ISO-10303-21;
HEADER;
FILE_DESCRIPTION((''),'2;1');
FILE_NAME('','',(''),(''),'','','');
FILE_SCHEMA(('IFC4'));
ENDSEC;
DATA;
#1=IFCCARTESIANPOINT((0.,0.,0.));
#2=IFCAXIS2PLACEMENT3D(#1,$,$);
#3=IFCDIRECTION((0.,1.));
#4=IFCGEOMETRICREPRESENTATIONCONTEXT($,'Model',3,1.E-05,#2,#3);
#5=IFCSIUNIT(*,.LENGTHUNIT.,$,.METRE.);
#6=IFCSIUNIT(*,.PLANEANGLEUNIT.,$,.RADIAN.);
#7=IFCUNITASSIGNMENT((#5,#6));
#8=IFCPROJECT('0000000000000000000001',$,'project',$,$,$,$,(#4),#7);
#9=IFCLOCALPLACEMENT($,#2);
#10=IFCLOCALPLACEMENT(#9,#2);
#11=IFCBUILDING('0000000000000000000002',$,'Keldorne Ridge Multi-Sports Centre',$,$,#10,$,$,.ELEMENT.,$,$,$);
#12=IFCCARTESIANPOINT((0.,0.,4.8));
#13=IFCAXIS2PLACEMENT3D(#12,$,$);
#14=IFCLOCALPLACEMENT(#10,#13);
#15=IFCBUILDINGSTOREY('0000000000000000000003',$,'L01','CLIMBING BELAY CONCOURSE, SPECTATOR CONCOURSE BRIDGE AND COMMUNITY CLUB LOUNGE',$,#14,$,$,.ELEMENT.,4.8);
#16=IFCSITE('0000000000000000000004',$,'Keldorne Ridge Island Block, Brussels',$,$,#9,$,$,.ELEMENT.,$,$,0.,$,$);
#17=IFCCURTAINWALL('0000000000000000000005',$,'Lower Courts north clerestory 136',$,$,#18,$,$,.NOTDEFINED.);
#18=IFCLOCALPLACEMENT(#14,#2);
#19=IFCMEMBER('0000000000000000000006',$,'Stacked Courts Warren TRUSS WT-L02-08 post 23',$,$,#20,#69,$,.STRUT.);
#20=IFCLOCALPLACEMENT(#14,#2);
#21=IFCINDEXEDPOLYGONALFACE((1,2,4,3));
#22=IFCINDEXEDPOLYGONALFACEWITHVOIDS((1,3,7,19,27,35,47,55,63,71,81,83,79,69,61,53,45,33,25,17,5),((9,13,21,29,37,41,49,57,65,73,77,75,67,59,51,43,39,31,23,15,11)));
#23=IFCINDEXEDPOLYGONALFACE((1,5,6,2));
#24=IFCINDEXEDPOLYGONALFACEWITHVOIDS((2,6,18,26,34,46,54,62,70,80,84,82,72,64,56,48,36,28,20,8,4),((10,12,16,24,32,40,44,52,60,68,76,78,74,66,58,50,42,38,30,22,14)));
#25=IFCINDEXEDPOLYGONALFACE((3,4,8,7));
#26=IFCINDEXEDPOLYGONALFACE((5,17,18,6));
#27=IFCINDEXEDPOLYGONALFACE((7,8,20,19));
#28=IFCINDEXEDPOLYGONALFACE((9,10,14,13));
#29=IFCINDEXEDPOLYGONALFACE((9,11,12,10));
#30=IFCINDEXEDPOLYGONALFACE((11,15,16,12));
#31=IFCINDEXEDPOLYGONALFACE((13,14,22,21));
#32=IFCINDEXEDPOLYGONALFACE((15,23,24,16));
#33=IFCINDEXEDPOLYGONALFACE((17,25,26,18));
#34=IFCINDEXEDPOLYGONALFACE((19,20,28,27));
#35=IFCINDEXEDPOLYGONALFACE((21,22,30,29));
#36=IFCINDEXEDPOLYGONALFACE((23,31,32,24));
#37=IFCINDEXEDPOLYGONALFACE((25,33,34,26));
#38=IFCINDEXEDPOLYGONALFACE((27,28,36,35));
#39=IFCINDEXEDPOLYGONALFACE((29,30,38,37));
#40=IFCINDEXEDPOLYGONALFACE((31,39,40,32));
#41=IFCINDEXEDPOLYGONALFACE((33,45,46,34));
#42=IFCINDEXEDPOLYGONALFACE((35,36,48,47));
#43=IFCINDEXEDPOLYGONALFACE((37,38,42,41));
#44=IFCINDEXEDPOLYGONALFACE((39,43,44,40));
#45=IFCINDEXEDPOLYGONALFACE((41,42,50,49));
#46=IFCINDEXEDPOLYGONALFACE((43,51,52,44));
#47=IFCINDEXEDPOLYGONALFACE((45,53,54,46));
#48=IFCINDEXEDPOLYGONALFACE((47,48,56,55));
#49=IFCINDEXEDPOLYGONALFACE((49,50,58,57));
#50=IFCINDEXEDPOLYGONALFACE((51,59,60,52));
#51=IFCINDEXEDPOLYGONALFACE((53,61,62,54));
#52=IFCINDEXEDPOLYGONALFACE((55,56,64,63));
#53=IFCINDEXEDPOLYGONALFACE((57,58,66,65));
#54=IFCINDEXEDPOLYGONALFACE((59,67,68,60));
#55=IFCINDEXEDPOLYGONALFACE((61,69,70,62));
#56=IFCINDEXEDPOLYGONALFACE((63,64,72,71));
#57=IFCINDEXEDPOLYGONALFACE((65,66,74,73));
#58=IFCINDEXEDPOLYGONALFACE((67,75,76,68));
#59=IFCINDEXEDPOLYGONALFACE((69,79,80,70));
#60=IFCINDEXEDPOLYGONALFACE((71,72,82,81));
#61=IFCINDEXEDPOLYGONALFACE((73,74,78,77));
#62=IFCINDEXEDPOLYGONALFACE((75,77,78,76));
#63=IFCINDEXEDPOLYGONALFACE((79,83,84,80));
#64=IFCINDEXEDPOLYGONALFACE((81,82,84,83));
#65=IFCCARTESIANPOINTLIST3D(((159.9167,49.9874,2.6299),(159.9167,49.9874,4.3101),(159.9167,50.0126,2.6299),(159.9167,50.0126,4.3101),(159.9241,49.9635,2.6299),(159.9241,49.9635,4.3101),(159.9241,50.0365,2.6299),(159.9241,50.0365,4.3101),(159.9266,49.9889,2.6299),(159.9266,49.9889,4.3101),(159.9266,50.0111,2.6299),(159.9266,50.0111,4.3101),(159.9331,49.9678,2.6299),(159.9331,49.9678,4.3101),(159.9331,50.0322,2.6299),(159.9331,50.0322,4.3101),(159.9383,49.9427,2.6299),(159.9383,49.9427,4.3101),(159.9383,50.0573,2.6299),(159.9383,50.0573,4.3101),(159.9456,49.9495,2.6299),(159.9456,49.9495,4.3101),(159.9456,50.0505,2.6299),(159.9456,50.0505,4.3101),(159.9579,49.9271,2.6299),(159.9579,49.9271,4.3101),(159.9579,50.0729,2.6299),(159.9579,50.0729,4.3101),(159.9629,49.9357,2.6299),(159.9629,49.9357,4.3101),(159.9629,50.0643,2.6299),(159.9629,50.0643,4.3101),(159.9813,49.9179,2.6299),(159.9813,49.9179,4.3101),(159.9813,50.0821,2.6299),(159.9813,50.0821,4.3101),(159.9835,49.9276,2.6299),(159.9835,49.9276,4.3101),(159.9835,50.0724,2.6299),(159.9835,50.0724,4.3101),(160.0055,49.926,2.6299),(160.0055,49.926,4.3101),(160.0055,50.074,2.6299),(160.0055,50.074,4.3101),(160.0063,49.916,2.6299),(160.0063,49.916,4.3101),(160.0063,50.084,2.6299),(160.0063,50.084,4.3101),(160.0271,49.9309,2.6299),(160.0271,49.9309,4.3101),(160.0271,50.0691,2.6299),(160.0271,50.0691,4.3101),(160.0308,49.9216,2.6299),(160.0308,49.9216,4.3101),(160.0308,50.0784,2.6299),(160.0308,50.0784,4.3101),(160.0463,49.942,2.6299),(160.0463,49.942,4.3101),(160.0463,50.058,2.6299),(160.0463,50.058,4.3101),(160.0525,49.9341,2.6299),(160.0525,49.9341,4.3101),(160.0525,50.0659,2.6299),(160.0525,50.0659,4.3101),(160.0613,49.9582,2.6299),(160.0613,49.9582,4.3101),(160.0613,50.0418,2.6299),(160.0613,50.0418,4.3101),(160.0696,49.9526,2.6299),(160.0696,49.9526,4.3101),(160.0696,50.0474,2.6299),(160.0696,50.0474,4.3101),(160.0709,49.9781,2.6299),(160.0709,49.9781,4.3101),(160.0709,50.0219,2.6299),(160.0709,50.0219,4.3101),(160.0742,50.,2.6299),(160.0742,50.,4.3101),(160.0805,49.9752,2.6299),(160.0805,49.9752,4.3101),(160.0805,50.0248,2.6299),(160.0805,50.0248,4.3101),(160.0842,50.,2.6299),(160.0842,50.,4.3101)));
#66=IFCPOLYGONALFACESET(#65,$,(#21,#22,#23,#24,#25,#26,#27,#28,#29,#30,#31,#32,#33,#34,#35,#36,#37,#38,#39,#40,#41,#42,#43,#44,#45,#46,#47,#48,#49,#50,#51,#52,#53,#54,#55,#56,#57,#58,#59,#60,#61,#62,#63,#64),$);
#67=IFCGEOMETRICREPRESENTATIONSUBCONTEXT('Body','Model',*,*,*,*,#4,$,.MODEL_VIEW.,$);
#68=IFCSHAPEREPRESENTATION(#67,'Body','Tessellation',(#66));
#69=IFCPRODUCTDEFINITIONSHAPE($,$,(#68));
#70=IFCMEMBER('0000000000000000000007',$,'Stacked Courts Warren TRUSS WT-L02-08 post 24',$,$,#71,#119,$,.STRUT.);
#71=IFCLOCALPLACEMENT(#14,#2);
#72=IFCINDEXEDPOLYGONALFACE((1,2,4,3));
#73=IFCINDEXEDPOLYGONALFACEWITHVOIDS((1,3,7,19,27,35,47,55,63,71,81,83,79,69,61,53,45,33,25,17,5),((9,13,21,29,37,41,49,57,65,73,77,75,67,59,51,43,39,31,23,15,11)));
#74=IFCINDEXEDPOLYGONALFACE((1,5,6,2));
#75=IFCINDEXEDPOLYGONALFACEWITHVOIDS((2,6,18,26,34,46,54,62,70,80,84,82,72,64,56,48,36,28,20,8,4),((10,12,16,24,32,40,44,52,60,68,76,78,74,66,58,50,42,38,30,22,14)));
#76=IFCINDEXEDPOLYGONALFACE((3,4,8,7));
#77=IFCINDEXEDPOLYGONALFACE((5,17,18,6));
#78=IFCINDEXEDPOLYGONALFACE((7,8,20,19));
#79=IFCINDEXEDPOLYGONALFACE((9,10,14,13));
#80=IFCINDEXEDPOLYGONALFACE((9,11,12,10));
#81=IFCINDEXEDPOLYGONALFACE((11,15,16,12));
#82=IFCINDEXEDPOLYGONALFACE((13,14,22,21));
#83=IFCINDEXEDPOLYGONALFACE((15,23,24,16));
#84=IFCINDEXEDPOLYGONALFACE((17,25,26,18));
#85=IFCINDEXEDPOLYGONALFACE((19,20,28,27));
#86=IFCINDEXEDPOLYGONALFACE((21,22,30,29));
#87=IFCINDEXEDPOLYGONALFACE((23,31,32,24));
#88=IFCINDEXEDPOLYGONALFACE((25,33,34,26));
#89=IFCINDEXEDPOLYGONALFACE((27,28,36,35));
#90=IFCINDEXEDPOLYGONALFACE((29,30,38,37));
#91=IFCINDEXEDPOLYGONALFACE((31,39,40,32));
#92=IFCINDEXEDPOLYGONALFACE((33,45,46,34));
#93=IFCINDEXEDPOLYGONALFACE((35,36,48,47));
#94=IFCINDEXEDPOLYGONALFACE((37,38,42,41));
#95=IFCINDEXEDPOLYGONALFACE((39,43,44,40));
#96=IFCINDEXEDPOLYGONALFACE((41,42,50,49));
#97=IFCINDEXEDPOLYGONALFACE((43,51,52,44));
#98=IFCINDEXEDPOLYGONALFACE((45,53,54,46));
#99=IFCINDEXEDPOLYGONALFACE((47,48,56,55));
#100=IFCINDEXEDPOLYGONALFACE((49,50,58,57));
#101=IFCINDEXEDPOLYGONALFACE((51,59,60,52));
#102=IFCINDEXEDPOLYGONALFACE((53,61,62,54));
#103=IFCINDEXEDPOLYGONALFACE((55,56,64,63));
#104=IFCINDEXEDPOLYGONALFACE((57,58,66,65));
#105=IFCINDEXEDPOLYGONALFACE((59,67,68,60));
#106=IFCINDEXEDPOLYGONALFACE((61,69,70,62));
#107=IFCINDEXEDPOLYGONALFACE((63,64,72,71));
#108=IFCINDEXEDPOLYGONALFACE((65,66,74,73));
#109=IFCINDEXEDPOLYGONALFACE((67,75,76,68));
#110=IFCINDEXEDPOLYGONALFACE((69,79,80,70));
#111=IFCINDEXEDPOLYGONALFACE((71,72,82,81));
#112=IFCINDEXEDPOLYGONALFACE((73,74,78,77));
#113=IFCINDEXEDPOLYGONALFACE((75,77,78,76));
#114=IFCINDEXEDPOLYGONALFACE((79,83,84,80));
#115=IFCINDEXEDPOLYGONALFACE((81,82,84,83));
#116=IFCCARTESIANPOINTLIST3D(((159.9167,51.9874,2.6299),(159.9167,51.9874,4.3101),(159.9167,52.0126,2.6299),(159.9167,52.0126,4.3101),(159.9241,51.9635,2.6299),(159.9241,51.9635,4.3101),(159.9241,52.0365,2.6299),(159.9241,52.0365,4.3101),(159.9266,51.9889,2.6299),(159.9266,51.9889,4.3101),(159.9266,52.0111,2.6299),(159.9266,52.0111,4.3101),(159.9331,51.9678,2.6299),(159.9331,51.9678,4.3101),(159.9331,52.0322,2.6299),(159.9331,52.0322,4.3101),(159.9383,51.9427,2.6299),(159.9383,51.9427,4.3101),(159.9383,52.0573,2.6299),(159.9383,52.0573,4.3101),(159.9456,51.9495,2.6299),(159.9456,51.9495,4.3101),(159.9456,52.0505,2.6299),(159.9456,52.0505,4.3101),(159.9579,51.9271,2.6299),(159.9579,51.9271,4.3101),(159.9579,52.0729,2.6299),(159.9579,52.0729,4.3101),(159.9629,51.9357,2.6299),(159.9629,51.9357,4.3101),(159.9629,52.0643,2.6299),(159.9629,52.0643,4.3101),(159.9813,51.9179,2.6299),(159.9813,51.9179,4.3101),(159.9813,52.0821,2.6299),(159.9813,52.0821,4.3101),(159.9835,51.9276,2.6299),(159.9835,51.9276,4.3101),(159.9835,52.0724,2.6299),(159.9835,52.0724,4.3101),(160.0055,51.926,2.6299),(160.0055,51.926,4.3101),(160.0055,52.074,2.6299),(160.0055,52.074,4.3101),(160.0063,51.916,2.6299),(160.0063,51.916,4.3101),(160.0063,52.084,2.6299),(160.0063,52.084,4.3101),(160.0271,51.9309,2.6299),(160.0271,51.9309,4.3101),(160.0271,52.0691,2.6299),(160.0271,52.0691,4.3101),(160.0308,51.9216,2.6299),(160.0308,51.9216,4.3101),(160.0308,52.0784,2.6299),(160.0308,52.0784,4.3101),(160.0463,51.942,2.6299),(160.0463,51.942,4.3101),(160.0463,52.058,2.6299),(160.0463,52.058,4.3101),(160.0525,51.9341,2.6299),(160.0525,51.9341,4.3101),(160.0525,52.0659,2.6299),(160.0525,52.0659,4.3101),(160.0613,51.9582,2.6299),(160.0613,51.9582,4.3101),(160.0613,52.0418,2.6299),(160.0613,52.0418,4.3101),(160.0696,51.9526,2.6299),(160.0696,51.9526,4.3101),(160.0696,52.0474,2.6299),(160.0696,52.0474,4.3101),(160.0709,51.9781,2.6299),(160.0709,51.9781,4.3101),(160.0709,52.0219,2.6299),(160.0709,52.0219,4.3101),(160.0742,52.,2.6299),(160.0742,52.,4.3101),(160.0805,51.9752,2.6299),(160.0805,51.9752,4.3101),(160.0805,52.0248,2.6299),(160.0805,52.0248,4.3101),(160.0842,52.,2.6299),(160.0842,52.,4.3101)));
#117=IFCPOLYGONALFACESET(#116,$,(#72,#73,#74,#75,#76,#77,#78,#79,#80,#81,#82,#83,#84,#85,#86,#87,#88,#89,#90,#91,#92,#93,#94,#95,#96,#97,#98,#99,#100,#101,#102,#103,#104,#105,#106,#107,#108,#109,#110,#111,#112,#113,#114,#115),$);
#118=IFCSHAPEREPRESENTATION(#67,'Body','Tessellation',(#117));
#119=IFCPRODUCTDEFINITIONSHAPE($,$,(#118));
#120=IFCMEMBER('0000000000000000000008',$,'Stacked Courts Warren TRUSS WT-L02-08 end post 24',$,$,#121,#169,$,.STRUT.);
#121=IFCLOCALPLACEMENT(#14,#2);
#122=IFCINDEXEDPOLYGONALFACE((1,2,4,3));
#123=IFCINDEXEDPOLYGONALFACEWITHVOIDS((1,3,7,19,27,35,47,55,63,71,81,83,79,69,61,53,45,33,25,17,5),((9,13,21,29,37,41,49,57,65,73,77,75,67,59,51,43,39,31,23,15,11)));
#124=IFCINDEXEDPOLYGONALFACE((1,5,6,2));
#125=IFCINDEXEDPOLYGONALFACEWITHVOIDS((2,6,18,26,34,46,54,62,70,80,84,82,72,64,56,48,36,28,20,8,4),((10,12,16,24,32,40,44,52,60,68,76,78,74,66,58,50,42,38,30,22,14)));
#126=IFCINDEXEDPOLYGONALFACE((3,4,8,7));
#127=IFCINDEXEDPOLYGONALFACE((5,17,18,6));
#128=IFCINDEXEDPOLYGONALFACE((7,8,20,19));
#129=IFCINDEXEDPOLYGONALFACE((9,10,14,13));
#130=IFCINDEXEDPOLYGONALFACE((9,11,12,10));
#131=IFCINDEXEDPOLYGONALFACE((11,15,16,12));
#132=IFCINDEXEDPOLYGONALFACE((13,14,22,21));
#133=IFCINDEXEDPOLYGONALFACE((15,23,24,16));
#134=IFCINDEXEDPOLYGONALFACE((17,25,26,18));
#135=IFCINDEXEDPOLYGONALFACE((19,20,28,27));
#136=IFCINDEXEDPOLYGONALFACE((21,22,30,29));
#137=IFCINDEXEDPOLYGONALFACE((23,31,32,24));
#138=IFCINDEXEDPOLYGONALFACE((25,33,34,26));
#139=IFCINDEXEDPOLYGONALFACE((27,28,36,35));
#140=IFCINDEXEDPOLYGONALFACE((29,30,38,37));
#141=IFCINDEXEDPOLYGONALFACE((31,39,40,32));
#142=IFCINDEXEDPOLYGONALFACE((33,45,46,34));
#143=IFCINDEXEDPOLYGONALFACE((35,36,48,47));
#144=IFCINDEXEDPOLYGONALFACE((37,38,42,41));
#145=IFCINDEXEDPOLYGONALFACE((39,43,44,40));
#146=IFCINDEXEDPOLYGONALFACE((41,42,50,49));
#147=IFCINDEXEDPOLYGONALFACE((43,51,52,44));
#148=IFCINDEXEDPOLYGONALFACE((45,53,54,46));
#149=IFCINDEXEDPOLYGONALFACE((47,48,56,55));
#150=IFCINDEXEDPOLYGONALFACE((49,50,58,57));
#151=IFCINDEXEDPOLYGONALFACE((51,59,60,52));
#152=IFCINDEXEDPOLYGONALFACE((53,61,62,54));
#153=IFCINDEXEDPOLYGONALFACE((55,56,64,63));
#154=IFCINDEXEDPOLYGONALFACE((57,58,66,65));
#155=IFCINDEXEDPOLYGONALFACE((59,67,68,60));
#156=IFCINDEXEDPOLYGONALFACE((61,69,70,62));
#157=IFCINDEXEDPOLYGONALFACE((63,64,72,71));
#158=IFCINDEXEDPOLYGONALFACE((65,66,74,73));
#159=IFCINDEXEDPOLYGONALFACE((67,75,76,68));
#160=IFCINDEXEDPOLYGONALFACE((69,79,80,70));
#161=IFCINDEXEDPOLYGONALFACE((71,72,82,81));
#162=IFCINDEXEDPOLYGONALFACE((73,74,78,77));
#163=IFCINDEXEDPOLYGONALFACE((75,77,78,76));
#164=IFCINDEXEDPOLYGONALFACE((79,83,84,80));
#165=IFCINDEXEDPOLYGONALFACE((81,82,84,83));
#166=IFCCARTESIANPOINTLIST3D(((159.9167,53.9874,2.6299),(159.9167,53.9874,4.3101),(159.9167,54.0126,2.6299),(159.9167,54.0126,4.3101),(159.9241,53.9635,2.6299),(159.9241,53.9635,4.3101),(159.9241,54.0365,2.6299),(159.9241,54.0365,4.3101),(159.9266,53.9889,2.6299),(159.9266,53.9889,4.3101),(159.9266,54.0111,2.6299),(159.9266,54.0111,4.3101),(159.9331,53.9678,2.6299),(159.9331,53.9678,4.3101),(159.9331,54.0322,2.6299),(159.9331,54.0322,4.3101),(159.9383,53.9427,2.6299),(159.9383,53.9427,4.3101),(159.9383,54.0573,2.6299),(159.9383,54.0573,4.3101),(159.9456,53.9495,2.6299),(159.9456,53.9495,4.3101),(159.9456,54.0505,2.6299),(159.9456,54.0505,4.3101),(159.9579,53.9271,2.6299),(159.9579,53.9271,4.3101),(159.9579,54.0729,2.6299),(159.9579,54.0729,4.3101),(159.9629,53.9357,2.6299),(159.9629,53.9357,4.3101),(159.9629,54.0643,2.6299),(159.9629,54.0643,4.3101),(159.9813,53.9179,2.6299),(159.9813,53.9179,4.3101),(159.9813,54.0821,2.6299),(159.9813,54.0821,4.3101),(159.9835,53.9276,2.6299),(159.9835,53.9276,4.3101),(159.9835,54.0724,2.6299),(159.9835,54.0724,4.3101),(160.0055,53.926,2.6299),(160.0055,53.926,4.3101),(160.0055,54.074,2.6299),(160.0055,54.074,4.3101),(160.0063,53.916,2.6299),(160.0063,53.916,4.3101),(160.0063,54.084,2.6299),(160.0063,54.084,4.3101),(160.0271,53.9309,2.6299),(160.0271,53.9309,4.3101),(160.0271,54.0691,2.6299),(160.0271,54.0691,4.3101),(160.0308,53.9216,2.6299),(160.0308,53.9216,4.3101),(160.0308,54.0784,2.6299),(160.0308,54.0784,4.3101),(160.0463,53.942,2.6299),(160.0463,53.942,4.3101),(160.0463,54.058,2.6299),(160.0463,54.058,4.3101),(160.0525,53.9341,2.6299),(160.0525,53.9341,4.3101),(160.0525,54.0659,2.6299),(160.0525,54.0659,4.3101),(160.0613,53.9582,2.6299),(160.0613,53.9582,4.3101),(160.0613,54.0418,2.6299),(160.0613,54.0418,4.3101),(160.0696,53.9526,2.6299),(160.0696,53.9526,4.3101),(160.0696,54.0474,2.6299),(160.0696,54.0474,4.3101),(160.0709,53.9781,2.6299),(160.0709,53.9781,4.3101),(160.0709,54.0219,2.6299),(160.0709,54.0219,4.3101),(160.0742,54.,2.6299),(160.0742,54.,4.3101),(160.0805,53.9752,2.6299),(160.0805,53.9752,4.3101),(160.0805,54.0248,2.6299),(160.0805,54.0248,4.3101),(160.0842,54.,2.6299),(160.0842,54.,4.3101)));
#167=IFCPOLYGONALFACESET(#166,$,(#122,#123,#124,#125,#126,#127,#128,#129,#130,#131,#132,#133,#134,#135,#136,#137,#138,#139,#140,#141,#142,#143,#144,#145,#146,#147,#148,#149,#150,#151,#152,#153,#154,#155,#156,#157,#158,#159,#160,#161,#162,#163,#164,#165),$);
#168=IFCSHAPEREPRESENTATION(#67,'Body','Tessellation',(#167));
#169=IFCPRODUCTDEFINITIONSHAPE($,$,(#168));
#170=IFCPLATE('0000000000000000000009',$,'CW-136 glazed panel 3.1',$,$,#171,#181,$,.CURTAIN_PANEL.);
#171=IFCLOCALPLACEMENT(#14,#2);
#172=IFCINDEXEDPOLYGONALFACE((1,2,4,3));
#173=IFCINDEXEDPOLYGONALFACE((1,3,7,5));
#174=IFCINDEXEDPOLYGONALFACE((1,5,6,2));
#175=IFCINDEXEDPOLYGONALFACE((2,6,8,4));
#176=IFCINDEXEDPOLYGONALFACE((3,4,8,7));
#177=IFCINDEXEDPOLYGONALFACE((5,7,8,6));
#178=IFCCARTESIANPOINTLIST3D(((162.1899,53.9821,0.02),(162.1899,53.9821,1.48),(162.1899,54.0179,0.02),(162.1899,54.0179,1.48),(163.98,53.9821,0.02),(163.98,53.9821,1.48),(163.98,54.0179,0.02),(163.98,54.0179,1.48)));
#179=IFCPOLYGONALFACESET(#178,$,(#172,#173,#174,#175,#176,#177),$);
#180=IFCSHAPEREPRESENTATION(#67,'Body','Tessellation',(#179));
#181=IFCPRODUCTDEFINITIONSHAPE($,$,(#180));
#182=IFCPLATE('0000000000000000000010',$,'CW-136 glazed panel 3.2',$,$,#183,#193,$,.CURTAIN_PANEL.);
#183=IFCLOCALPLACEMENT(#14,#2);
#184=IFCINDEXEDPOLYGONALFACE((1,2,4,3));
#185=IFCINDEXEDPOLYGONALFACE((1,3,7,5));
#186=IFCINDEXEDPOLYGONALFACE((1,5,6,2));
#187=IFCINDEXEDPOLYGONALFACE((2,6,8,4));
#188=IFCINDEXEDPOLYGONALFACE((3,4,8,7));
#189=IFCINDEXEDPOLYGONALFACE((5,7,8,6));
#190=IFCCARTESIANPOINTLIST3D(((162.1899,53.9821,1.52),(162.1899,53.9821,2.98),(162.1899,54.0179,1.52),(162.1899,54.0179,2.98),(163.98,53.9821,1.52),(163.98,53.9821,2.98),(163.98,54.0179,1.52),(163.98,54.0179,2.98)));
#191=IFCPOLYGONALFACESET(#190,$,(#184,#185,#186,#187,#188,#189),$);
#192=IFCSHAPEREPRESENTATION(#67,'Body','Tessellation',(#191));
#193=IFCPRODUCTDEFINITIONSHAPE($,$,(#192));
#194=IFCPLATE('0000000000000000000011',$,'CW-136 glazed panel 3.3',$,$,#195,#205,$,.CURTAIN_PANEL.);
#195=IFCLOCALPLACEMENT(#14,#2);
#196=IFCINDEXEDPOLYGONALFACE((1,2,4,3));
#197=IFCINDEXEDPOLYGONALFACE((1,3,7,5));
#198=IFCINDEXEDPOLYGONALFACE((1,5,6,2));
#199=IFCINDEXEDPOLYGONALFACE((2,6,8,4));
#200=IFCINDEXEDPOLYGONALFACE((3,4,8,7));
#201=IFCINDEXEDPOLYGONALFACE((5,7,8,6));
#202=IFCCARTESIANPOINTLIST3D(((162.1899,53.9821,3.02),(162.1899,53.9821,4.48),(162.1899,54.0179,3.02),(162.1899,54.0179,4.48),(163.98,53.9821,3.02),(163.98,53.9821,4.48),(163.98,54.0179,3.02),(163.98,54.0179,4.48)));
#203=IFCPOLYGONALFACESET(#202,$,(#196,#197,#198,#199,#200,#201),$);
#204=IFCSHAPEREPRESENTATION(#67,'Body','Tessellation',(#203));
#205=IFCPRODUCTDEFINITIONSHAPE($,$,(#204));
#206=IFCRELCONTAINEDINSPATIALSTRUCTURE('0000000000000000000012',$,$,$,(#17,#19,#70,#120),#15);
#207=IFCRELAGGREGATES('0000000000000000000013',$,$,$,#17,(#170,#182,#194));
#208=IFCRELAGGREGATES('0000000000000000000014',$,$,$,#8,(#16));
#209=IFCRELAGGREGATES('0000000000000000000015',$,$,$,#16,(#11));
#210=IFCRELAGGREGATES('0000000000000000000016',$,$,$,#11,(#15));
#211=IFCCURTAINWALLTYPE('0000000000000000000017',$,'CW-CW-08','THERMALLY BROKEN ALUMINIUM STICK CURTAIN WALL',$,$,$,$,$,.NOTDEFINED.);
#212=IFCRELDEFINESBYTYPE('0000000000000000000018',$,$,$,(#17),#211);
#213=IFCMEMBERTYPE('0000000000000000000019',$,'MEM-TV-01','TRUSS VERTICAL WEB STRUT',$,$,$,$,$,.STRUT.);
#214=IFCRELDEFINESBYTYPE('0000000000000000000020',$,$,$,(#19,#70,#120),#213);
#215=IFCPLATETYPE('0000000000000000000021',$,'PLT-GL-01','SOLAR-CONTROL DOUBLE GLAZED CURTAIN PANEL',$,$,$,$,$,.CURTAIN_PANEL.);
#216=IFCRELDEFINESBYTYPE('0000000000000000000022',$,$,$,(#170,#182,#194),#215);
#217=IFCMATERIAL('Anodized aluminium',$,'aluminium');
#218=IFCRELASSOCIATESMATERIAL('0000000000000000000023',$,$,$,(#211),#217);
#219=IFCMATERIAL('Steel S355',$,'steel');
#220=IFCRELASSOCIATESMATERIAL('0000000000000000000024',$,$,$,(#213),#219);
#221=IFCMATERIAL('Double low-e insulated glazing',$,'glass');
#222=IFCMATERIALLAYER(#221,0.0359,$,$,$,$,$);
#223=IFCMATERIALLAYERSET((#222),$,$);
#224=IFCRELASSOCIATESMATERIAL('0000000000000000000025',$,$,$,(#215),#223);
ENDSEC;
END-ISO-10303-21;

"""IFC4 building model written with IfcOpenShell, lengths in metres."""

from ifc_helpers import new_model, si_unit, direction, frame, origin, origin_2d, place, context, subcontext, project, spatial, rectangle, hollow_circle, extrude, material, layer, layer_set, material_profile, profile_set, type_object, element, aggregate, save


model = new_model("IFC4")

# Units and contexts
model_context = context("Model", 3, precision=1e-05, world=origin(), true_north=direction((0.0, 1.0)))
body_context = subcontext(model_context, "Body", "Model", "MODEL_VIEW")
ifc_project = project(units=[si_unit("LENGTHUNIT", "METRE"), si_unit("PLANEANGLEUNIT", "RADIAN")], contexts=[model_context])

# Site, building, storey
site_placement = place(None, origin())
site = spatial("IfcSite", under=ifc_project, at=site_placement, Name="Keldorne Ridge Island Block, Brussels", CompositionType="ELEMENT", RefElevation=0.0)
building_placement = place(site_placement, origin())
building = spatial("IfcBuilding", under=site, at=building_placement, Name="Keldorne Ridge Multi-Sports Centre", CompositionType="ELEMENT")
storey_placement = place(building_placement, frame((0.0, 0.0, 4.8)))
storey = spatial("IfcBuildingStorey", under=building, at=storey_placement, Name="L01", Description="CLIMBING BELAY CONCOURSE, SPECTATOR CONCOURSE BRIDGE AND COMMUNITY CLUB LOUNGE", CompositionType="ELEMENT", Elevation=4.8)

# Shared definitions
ifc_material_1 = material(Name="Steel S355", Category="steel")

# Curtain wall
ifc_material_2 = material(Name="Anodized aluminium", Category="aluminium")
curtain_wall_type_1 = type_object("IfcCurtainWallType", Name="CW-CW-08", Description="THERMALLY BROKEN ALUMINIUM STICK CURTAIN WALL", PredefinedType="NOTDEFINED", material=ifc_material_2)
curtain_wall_1_placement = place(storey_placement, origin())
curtain_wall_1 = element("IfcCurtainWall", 1, at=curtain_wall_1_placement, inside=storey, type_object=curtain_wall_type_1, Name="Lower Courts north clerestory 136", PredefinedType="NOTDEFINED")

# Members
ifc_material_profile_1 = material_profile(ifc_material_1, hollow_circle(Radius=0.0842, WallThickness=0.01, at=origin_2d()), Name="CHS 168.3x10")
ifc_profile_set_1 = profile_set([ifc_material_profile_1], Name="Steel S355")
member_type_1 = type_object("IfcMemberType", Name="MEM-TV-01", Description="TRUSS VERTICAL WEB STRUT", PredefinedType="STRUT", material=ifc_profile_set_1)
for number, where, z_axis, x_axis, name in (
    (2, (160.0, 50.0, 2.6299), (0.0, 0.0, 1.0), (1.0, 0.0, 0.0), "Stacked Courts Warren TRUSS WT-L02-08 post 23"),
    (3, (160.0, 52.0, 2.6299), (0.0, 0.0, 1.0), (1.0, 0.0, 0.0), "Stacked Courts Warren TRUSS WT-L02-08 post 24"),
    (4, (160.0, 54.0, 2.6299), (0.0, 0.0, 1.0), (1.0, 0.0, 0.0), "Stacked Courts Warren TRUSS WT-L02-08 end post 24"),
):
    element("IfcMember", number, at=place(storey_placement, frame(where, z_axis=z_axis, x_axis=x_axis)), inside=storey, type_object=member_type_1, Name=name, PredefinedType="STRUT", context=body_context, shape_type="SweptSolid", body=[
        extrude(hollow_circle(Radius=0.0842, WallThickness=0.01, at=origin_2d()), origin(), (0.0, 0.0, 1.0), 1.6802),
    ])

# Plates
ifc_material_3 = material(Name="Double low-e insulated glazing", Category="glass")
ifc_layer = layer(ifc_material_3, 0.0359)
ifc_layer_set = layer_set([ifc_layer])
plate_type = type_object("IfcPlateType", Name="PLT-GL-01", Description="SOLAR-CONTROL DOUBLE GLAZED CURTAIN PANEL", PredefinedType="CURTAIN_PANEL", material=ifc_layer_set)
plate_1_placement = place(storey_placement, frame((163.085, 54.0, 0.02), z_axis=(0.0, 0.0, 1.0), x_axis=(-1.0, 0.0, 0.0)))
plate_1 = element("IfcPlate", 5, at=plate_1_placement, type_object=plate_type, Name="CW-136 glazed panel 3.1", PredefinedType="CURTAIN_PANEL", context=body_context, shape_type="SweptSolid", body=[
    extrude(rectangle(XDim=1.79, YDim=0.0359, at=origin_2d()), origin(), (0.0, 0.0, 1.0), 1.46),
])
plate_2_placement = place(storey_placement, frame((163.085, 54.0, 1.52), z_axis=(0.0, 0.0, 1.0), x_axis=(-1.0, 0.0, 0.0)))
plate_2 = element("IfcPlate", 6, at=plate_2_placement, type_object=plate_type, Name="CW-136 glazed panel 3.2", PredefinedType="CURTAIN_PANEL", context=body_context, shape_type="SweptSolid", body=[
    extrude(rectangle(XDim=1.79, YDim=0.0359, at=origin_2d()), origin(), (0.0, 0.0, 1.0), 1.46),
])
plate_3_placement = place(storey_placement, frame((163.085, 54.0, 3.02), z_axis=(0.0, 0.0, 1.0), x_axis=(-1.0, 0.0, 0.0)))
plate_3 = element("IfcPlate", 7, at=plate_3_placement, type_object=plate_type, Name="CW-136 glazed panel 3.3", PredefinedType="CURTAIN_PANEL", context=body_context, shape_type="SweptSolid", body=[
    extrude(rectangle(XDim=1.79, YDim=0.0359, at=origin_2d()), origin(), (0.0, 0.0, 1.0), 1.46),
])
aggregate(curtain_wall_1, [plate_1, plate_2, plate_3])

save(model, "model.ifc")
